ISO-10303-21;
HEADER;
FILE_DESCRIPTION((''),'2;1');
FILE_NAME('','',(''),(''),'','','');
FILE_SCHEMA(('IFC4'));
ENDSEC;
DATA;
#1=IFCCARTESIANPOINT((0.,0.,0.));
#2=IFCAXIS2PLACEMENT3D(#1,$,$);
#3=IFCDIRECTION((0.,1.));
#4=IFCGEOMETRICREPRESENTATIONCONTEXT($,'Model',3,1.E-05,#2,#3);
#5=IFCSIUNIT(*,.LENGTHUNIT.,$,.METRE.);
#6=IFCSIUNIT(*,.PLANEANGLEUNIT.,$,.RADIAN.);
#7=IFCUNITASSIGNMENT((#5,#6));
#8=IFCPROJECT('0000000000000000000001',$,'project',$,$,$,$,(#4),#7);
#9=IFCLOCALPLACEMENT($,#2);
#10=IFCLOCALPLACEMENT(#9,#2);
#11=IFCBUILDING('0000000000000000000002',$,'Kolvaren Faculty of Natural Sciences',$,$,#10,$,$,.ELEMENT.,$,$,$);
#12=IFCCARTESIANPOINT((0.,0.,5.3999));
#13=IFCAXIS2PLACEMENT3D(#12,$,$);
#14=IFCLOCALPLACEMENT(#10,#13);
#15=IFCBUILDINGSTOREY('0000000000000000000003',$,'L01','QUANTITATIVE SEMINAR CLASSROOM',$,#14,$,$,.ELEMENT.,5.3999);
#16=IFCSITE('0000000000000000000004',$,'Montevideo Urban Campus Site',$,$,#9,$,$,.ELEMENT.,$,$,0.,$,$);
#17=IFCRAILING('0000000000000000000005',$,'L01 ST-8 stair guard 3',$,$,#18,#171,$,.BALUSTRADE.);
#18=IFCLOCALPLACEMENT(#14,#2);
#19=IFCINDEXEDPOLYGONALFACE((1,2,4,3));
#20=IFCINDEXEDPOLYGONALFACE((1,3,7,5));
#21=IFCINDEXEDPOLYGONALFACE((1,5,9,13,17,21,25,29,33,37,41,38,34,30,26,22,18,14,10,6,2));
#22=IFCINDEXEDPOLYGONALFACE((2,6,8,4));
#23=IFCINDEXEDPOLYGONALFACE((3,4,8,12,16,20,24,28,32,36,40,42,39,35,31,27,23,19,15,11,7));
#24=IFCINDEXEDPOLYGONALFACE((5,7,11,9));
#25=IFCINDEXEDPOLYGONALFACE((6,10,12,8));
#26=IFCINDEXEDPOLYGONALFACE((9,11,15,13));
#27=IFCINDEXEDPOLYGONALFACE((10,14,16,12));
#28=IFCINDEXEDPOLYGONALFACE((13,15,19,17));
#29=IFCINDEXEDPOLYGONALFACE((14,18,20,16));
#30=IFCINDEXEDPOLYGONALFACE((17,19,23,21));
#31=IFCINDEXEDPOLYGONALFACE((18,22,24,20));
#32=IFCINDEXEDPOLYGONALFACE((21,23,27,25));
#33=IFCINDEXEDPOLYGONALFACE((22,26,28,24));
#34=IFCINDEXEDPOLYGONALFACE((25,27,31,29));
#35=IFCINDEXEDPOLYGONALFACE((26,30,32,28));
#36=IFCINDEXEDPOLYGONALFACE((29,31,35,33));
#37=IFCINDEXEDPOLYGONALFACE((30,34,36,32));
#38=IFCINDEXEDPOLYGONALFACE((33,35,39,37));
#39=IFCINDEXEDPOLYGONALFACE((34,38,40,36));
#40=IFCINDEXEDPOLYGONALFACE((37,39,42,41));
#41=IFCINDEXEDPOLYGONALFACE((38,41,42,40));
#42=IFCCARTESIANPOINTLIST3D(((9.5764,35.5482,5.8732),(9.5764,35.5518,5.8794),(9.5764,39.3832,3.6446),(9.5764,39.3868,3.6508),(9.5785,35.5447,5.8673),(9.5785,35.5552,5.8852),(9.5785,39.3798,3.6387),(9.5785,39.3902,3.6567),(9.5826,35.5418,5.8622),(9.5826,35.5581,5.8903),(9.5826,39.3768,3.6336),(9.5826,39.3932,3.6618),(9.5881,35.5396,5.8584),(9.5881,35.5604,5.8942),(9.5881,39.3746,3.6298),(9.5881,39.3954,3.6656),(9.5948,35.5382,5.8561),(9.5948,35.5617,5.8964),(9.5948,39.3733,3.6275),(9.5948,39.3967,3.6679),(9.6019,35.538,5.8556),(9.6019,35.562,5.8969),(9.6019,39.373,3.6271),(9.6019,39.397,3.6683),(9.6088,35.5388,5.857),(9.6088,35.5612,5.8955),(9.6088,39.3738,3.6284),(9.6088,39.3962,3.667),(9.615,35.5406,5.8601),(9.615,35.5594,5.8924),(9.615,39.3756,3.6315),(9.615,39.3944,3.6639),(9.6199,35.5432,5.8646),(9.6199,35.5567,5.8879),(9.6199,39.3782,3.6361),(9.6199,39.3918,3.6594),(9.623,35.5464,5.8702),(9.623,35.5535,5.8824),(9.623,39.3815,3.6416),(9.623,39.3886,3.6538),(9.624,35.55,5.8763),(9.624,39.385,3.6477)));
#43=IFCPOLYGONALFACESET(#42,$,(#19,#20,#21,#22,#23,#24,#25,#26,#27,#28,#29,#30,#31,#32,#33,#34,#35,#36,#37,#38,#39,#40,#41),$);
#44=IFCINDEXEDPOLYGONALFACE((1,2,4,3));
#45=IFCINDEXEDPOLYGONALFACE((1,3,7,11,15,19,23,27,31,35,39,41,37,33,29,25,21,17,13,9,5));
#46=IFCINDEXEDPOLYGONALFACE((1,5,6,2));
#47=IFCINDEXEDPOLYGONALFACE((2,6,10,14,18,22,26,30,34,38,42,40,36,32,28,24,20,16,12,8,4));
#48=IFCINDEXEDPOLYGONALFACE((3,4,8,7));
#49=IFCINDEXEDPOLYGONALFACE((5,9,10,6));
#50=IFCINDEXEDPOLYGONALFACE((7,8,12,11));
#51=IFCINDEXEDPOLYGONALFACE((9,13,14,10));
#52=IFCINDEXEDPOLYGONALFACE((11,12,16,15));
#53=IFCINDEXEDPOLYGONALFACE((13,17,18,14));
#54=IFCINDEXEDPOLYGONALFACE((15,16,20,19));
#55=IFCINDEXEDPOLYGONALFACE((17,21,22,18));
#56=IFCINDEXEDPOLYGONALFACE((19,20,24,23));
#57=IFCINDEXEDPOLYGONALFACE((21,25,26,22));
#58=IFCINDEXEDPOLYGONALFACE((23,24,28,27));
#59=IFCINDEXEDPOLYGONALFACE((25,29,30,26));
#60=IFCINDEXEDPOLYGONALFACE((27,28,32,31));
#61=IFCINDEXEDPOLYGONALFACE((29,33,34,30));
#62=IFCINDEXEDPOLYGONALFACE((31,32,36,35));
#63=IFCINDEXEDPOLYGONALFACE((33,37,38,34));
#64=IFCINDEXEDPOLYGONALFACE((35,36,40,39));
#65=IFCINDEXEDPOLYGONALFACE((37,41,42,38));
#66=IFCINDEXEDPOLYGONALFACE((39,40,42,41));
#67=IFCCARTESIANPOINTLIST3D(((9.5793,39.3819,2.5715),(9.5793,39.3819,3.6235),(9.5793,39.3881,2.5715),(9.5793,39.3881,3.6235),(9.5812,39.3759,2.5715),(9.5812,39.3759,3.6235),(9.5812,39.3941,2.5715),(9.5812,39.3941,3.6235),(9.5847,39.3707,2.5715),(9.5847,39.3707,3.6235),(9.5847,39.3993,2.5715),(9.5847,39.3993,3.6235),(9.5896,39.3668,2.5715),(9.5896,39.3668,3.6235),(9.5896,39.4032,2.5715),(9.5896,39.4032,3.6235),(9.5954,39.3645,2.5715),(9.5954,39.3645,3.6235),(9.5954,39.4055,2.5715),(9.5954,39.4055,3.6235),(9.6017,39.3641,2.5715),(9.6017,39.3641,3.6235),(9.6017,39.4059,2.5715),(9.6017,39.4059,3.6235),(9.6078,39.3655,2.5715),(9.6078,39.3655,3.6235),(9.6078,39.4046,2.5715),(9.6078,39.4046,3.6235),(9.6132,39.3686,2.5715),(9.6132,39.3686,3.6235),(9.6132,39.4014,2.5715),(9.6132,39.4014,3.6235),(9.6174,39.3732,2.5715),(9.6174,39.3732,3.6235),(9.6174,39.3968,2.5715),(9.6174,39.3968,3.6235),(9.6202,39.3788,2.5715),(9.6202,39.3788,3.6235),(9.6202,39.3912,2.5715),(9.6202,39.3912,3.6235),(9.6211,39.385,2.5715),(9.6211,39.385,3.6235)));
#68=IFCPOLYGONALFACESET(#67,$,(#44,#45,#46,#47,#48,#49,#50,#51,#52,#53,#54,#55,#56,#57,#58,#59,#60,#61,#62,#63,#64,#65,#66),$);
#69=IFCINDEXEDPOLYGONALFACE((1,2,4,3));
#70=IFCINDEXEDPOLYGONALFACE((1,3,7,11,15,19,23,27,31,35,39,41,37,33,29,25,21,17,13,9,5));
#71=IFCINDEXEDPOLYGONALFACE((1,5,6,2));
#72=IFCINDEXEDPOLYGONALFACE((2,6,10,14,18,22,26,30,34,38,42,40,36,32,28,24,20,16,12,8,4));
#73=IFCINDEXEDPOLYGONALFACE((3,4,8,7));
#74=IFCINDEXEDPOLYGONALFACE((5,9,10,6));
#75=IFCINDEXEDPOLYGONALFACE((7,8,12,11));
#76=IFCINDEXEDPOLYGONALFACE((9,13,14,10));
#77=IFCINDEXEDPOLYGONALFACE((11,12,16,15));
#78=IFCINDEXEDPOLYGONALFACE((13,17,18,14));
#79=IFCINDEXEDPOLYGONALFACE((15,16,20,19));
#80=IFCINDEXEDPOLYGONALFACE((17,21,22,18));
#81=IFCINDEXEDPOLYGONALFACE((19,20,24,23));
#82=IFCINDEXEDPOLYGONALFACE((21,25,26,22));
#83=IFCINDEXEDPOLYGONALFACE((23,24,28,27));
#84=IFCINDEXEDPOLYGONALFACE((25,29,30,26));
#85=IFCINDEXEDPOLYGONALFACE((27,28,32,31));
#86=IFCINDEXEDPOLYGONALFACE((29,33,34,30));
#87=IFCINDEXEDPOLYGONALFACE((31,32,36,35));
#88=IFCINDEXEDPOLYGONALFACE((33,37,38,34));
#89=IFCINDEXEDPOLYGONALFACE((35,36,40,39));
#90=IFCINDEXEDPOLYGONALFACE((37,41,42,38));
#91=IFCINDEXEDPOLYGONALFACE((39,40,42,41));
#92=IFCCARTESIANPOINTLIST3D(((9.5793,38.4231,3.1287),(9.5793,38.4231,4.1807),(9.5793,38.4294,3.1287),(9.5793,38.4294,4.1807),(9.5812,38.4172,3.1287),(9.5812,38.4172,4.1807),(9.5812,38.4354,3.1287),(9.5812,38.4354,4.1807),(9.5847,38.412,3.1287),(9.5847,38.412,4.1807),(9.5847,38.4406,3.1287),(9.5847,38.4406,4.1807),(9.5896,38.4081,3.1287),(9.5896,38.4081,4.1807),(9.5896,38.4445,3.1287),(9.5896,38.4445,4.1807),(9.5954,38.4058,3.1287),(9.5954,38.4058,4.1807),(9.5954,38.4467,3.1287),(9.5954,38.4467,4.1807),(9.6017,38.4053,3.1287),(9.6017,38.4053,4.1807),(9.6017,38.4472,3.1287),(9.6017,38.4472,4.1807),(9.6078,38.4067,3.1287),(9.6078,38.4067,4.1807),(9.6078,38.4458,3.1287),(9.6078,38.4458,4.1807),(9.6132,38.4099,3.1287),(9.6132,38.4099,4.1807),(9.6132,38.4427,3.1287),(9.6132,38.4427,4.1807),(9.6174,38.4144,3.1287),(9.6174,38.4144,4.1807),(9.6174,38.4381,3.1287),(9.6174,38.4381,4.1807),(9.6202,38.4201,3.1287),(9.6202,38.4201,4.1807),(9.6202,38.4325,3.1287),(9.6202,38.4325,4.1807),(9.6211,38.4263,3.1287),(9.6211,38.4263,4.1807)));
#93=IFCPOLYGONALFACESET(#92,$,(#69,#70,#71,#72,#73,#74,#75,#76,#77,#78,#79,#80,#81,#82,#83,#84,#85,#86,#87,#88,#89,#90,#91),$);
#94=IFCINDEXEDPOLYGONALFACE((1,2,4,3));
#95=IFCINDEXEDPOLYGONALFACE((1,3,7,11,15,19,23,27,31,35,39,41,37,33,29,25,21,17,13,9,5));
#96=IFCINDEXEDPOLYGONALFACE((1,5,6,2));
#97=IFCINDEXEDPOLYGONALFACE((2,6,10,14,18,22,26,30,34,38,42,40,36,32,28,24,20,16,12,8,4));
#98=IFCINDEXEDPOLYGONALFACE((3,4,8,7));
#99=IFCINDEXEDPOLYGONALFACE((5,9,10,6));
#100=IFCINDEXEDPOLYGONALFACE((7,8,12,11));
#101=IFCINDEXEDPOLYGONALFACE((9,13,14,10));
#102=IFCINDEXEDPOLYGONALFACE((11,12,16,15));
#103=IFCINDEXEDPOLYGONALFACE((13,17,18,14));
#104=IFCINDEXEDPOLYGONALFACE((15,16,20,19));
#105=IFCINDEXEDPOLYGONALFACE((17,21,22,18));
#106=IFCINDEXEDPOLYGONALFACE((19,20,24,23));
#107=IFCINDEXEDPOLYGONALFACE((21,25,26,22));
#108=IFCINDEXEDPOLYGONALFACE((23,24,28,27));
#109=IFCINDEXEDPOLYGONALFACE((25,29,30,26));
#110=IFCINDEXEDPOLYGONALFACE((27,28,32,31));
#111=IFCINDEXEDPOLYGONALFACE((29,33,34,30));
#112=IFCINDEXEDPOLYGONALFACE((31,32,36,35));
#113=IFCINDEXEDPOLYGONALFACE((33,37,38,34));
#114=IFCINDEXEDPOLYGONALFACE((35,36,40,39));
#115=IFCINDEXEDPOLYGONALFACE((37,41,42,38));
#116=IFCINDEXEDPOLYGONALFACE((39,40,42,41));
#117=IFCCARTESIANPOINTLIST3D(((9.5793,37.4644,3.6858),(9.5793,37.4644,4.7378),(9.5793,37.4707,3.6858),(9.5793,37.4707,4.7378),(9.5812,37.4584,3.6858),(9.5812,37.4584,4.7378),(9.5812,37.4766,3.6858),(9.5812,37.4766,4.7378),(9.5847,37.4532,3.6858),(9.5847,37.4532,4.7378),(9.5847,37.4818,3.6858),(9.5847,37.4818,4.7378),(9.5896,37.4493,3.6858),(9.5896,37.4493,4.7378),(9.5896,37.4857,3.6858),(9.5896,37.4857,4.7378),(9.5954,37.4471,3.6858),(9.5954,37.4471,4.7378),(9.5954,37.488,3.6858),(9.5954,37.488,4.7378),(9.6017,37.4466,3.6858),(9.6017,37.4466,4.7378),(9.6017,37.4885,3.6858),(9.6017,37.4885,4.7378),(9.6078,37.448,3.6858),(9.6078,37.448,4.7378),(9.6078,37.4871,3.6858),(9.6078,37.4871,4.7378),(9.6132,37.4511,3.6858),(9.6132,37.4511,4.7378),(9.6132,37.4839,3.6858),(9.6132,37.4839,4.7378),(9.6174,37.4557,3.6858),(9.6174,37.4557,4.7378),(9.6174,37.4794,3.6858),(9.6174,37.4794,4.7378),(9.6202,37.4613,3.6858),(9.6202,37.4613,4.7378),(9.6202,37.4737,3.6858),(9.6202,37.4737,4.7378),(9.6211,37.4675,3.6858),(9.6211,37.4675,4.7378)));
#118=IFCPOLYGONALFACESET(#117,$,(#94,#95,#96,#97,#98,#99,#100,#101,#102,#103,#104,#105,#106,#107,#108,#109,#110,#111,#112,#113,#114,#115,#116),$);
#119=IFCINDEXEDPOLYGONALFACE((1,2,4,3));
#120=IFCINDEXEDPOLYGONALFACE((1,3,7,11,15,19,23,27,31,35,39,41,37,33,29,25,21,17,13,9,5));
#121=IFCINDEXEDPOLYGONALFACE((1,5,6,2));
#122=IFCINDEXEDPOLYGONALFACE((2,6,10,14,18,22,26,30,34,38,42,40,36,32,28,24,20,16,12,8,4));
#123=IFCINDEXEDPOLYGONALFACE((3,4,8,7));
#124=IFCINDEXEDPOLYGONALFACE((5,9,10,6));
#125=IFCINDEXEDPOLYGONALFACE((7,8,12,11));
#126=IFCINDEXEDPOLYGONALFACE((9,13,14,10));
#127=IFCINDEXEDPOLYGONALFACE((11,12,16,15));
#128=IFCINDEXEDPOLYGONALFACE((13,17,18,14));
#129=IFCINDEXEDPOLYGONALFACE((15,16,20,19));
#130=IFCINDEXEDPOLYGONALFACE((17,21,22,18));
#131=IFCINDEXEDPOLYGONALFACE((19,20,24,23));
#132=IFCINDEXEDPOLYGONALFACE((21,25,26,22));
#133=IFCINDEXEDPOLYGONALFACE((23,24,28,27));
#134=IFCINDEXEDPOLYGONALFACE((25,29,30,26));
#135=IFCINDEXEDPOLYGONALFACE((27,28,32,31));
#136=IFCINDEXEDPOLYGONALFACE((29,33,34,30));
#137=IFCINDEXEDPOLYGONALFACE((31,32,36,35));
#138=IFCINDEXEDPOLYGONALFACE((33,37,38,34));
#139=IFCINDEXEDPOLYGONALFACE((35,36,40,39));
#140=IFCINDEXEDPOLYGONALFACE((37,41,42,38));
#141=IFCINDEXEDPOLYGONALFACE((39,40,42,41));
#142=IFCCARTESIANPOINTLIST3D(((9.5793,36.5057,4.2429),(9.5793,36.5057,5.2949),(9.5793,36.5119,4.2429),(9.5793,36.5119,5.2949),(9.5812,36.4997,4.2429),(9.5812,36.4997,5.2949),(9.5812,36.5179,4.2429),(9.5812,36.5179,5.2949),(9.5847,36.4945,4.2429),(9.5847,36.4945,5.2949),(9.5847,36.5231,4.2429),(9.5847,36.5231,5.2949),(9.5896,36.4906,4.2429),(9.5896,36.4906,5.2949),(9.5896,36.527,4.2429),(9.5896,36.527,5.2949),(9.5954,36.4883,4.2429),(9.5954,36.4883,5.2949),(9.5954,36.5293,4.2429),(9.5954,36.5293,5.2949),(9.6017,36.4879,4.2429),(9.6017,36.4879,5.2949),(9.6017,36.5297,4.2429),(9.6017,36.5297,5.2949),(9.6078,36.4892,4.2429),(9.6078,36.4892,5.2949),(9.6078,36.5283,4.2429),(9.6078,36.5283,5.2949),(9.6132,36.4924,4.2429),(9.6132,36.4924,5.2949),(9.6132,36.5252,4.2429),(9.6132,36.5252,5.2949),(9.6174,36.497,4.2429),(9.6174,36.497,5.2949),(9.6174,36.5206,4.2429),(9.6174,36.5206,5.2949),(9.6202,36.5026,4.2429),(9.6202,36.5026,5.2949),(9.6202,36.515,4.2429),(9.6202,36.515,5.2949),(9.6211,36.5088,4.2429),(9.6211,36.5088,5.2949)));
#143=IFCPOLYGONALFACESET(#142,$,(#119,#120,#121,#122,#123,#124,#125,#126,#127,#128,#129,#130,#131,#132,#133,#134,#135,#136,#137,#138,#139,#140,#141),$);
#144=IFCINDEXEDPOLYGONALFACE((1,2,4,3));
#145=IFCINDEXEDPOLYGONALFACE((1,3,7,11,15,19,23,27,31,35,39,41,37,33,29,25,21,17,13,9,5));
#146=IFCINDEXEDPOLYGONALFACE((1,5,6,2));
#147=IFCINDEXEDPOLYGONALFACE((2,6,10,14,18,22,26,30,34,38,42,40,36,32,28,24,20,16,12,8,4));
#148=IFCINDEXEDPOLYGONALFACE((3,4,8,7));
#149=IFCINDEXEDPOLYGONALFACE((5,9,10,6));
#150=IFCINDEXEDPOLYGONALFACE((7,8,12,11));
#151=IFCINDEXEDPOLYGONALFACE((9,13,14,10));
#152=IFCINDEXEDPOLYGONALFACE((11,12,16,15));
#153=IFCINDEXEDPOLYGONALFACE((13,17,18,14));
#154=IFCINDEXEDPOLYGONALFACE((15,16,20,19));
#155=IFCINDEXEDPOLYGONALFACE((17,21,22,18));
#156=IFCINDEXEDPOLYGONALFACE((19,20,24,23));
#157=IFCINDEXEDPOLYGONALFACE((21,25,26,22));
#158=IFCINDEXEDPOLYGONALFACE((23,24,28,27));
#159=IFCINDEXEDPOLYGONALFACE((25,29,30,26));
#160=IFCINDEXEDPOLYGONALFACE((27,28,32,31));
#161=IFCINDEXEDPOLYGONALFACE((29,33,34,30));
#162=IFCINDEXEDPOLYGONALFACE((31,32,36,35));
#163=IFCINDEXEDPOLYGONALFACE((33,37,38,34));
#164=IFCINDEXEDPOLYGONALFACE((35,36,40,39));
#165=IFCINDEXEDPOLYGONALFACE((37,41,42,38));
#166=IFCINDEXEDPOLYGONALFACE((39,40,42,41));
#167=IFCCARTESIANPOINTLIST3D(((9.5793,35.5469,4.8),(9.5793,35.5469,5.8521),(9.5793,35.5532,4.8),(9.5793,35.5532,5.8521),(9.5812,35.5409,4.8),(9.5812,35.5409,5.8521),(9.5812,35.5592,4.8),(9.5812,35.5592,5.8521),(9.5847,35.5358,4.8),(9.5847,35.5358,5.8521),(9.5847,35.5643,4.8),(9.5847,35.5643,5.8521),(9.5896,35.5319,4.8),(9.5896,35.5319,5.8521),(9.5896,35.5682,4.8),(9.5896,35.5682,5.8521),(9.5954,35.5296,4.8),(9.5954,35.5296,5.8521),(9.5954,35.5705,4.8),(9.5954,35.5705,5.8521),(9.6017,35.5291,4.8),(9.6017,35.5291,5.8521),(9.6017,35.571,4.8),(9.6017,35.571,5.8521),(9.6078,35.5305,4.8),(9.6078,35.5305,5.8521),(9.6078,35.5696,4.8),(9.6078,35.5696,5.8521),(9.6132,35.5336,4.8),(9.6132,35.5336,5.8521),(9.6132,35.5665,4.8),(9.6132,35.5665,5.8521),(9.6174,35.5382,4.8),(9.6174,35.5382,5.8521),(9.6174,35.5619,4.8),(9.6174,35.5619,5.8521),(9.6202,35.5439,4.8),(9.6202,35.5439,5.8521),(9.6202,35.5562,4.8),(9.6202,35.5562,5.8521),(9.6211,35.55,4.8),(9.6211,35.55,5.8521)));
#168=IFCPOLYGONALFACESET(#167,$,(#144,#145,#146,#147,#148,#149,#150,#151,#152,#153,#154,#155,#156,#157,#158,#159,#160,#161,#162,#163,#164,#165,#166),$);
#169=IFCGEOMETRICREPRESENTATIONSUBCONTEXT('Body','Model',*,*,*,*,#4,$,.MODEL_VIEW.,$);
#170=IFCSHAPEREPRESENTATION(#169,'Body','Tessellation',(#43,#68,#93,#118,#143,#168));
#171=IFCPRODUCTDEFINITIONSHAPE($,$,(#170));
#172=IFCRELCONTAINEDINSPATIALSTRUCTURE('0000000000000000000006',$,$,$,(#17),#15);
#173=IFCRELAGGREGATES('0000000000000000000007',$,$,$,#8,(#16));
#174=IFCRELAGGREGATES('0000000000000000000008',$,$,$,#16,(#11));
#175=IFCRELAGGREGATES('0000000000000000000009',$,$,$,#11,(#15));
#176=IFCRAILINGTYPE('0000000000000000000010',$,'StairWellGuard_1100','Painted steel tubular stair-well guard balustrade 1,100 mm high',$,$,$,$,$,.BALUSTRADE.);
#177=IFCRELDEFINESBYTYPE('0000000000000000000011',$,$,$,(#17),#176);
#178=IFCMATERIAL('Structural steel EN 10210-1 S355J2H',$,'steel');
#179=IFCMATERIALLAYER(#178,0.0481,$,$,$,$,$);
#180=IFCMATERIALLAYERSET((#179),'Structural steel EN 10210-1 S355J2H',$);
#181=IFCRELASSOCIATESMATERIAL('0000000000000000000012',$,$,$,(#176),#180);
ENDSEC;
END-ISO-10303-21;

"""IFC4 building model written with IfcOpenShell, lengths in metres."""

from ifc_helpers import new_model, si_unit, direction, frame, origin, origin_2d, place, context, subcontext, project, spatial, circle, extrude, material, layer, layer_set, type_object, element, save


model = new_model("IFC4")

# Units and contexts
model_context = context("Model", 3, precision=1e-05, world=origin(), true_north=direction((0.0, 1.0)))
body_context = subcontext(model_context, "Body", "Model", "MODEL_VIEW")
ifc_project = project(units=[si_unit("LENGTHUNIT", "METRE"), si_unit("PLANEANGLEUNIT", "RADIAN")], contexts=[model_context])

# Site, building, storey
site_placement = place(None, origin())
site = spatial("IfcSite", under=ifc_project, at=site_placement, Name="Montevideo Urban Campus Site", CompositionType="ELEMENT", RefElevation=0.0)
building_placement = place(site_placement, origin())
building = spatial("IfcBuilding", under=site, at=building_placement, Name="Kolvaren Faculty of Natural Sciences", CompositionType="ELEMENT")
storey_placement = place(building_placement, frame((0.0, 0.0, 5.3999)))
storey = spatial("IfcBuildingStorey", under=building, at=storey_placement, Name="L01", Description="QUANTITATIVE SEMINAR CLASSROOM", CompositionType="ELEMENT", Elevation=5.3999)

# Railing
ifc_material_1 = material(Name="Structural steel EN 10210-1 S355J2H", Category="steel")
ifc_layer_1 = layer(ifc_material_1, 0.0481)
ifc_layer_set_1 = layer_set([ifc_layer_1], Name="Structural steel EN 10210-1 S355J2H")
railing_type_1 = type_object("IfcRailingType", Name="StairWellGuard_1100", Description="Painted steel tubular stair-well guard balustrade 1,100 mm high", PredefinedType="BALUSTRADE", material=ifc_layer_set_1)
railing_1_placement = place(storey_placement, frame((9.6001, 39.385, 2.5715)))
element("IfcRailing", 1, at=railing_1_placement, inside=storey, type_object=railing_type_1, Name="L01 ST-8 stair guard 3", PredefinedType="BALUSTRADE", context=body_context, shape_type="SweptSolid", body=[
    extrude(circle(Radius=0.0239, at=origin_2d()), frame((0.0, 0.0, 1.0762), z_axis=(0.0, -0.864616, 0.502433), x_axis=(1.0, 0.0, 0.0)), (0.0, 0.0, 1.0), 4.4355),
    extrude(circle(Radius=0.021, at=origin_2d()), origin(), (0.0, 0.0, 1.0), 1.052),
    extrude(circle(Radius=0.021, at=origin_2d()), frame((0.0, -0.9587, 0.5571)), (0.0, 0.0, 1.0), 1.052),
    extrude(circle(Radius=0.021, at=origin_2d()), frame((0.0, -1.9175, 1.1143)), (0.0, 0.0, 1.0), 1.052),
    extrude(circle(Radius=0.021, at=origin_2d()), frame((0.0, -2.8762, 1.6714)), (0.0, 0.0, 1.0), 1.052),
    extrude(circle(Radius=0.021, at=origin_2d()), frame((0.0, -3.835, 2.2285)), (0.0, 0.0, 1.0), 1.052),
])

save(model, "model.ifc")
